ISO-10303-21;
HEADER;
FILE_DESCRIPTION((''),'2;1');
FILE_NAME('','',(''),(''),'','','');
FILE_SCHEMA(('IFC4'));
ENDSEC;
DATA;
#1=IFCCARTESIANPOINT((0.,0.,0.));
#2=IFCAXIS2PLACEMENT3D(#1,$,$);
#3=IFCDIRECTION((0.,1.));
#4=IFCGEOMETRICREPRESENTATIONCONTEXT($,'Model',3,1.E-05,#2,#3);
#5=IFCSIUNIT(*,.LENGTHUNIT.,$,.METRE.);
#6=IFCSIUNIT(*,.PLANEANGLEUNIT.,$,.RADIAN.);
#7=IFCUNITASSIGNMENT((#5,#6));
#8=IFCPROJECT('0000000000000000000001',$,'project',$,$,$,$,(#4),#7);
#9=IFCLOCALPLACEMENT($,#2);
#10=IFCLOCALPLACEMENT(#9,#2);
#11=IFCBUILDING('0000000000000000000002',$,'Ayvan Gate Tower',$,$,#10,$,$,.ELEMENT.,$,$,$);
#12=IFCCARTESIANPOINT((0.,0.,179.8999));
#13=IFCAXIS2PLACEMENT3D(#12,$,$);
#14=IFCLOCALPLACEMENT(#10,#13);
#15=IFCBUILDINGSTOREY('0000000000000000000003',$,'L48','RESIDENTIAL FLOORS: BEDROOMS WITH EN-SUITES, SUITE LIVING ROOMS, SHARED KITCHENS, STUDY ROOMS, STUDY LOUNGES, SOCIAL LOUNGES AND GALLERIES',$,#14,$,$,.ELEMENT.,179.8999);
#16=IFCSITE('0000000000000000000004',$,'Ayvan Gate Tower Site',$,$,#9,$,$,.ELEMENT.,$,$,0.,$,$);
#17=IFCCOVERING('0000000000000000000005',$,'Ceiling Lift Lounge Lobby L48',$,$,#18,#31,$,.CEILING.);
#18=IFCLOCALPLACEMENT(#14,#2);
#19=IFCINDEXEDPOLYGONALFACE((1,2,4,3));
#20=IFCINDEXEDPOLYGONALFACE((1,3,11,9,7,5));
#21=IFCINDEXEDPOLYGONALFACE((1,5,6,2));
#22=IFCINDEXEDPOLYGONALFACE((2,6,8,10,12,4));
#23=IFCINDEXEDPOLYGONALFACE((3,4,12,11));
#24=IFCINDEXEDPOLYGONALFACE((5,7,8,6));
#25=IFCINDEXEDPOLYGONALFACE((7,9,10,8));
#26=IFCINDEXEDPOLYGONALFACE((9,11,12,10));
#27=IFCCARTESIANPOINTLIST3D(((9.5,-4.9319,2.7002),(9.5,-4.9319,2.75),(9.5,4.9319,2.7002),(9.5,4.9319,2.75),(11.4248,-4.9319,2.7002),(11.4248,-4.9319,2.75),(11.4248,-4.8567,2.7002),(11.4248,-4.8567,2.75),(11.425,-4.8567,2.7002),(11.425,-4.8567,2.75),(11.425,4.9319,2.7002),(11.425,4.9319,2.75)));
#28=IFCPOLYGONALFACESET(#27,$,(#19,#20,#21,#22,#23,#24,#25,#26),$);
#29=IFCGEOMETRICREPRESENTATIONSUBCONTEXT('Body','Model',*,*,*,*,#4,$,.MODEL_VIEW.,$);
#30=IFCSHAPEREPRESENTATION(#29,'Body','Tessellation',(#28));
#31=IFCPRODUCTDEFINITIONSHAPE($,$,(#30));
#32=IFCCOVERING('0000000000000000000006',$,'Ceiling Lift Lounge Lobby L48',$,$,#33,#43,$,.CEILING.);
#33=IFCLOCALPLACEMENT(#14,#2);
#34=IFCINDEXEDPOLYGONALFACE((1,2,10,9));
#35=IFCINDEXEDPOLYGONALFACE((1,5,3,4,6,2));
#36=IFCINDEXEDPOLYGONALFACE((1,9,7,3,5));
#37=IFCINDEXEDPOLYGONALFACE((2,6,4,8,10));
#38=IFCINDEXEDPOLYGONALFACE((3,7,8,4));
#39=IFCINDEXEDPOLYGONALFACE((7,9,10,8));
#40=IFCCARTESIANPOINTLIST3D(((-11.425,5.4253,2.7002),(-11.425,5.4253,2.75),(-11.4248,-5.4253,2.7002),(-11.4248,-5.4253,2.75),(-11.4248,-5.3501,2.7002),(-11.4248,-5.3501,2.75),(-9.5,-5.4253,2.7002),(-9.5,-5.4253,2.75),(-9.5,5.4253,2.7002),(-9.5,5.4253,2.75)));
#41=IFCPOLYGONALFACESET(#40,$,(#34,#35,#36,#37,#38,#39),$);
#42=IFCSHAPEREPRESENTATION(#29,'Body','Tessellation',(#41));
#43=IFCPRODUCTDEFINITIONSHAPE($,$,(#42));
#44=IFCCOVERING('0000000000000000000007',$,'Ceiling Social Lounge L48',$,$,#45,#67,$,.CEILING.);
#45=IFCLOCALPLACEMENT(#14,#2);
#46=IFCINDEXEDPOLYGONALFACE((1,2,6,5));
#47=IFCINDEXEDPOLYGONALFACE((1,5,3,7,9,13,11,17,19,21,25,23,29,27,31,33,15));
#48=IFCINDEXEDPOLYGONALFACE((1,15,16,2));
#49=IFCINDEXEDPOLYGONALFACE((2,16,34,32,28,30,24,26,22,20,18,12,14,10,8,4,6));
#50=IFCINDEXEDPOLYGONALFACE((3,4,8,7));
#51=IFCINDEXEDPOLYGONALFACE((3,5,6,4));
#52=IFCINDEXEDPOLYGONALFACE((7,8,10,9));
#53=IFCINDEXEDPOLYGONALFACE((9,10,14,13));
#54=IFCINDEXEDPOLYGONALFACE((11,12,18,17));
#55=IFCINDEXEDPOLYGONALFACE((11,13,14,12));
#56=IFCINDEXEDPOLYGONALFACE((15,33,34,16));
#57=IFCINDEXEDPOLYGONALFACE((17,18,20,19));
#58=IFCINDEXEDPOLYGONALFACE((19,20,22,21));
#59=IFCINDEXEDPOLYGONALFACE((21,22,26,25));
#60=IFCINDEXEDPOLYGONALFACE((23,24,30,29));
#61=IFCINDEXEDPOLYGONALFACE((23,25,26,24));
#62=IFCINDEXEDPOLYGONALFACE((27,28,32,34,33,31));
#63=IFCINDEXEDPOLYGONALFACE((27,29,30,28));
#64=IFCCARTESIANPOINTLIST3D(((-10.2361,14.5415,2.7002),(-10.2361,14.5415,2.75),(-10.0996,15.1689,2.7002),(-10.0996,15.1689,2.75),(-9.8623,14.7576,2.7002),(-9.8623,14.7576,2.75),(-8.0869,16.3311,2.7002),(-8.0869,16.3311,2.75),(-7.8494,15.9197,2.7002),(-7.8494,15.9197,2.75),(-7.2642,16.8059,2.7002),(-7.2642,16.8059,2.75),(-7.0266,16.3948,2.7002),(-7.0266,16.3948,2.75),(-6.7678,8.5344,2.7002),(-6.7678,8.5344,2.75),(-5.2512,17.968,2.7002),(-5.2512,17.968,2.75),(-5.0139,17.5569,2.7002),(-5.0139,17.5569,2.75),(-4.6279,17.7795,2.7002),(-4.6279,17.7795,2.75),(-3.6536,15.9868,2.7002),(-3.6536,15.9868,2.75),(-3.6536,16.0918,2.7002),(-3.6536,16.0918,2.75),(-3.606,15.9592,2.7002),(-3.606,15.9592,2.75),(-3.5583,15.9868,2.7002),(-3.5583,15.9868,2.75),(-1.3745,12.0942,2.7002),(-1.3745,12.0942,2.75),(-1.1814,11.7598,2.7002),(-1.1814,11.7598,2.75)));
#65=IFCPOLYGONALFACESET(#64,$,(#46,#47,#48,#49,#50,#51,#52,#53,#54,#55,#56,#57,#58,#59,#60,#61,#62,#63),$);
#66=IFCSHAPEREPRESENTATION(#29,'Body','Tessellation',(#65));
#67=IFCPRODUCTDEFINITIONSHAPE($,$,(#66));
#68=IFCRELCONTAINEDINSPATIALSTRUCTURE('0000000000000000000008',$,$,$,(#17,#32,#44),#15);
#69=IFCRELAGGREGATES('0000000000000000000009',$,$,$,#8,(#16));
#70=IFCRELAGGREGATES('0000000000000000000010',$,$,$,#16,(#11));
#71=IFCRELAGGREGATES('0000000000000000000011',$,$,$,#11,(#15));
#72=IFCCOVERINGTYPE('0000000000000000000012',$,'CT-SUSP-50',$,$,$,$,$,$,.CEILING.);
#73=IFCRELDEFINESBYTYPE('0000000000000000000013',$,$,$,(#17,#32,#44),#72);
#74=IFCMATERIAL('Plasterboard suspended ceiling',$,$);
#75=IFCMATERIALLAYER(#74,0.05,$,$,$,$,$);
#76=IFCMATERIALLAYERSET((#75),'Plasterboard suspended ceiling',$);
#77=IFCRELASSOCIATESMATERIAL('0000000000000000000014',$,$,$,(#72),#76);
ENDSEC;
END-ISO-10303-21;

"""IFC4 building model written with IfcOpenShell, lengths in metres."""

from ifc_helpers import new_model, si_unit, direction, frame, origin, place, context, subcontext, project, spatial, polyline, outline, extrude, material, layer, layer_set, type_object, element, save


model = new_model("IFC4")

# Units and contexts
model_context = context("Model", 3, precision=1e-05, world=origin(), true_north=direction((0.0, 1.0)))
body_context = subcontext(model_context, "Body", "Model", "MODEL_VIEW")
ifc_project = project(units=[si_unit("LENGTHUNIT", "METRE"), si_unit("PLANEANGLEUNIT", "RADIAN")], contexts=[model_context])

# Site, building, storey
site_placement = place(None, origin())
site = spatial("IfcSite", under=ifc_project, at=site_placement, Name="Ayvan Gate Tower Site", CompositionType="ELEMENT", RefElevation=0.0)
building_placement = place(site_placement, origin())
building = spatial("IfcBuilding", under=site, at=building_placement, Name="Ayvan Gate Tower", CompositionType="ELEMENT")
storey_placement = place(building_placement, frame((0.0, 0.0, 179.8999)))
storey = spatial("IfcBuildingStorey", under=building, at=storey_placement, Name="L48", Description="RESIDENTIAL FLOORS: BEDROOMS WITH EN-SUITES, SUITE LIVING ROOMS, SHARED KITCHENS, STUDY ROOMS, STUDY LOUNGES, SOCIAL LOUNGES AND GALLERIES", CompositionType="ELEMENT", Elevation=179.8999)

# Coverings
ifc_material_1 = material(Name="Plasterboard suspended ceiling")
ifc_layer_1 = layer(ifc_material_1, 0.05)
ifc_layer_set_1 = layer_set([ifc_layer_1], Name="Plasterboard suspended ceiling")
covering_type = type_object("IfcCoveringType", Name="CT-SUSP-50", PredefinedType="CEILING", material=ifc_layer_set_1)
covering_1_placement = place(storey_placement, frame((0.0, 0.0, 2.7002)))
element("IfcCovering", 1, at=covering_1_placement, inside=storey, type_object=covering_type, Name="Ceiling Lift Lounge Lobby L48", PredefinedType="CEILING", context=body_context, shape_type="SweptSolid", body=[
    extrude(outline(polyline([(11.4248, -4.9319), (9.5, -4.9319), (9.5, 4.9319), (11.425, 4.9319), (11.425, -4.8567), (11.4248, -4.8567), (11.4248, -4.9319)])), origin(), (0.0, 0.0, 1.0), 0.0498),
])
covering_2_placement = place(storey_placement, frame((0.0, 0.0, 2.7002)))
element("IfcCovering", 2, at=covering_2_placement, inside=storey, type_object=covering_type, Name="Ceiling Lift Lounge Lobby L48", PredefinedType="CEILING", context=body_context, shape_type="SweptSolid", body=[
    extrude(outline(polyline([(-11.4248, -5.3501), (-11.425, 5.4253), (-9.5, 5.4253), (-9.5, -5.4253), (-11.4248, -5.4253), (-11.4248, -5.3501)])), origin(), (0.0, 0.0, 1.0), 0.0498),
])
covering_3_placement = place(storey_placement, frame((0.0, 0.0, 2.7002)))
element("IfcCovering", 3, at=covering_3_placement, inside=storey, type_object=covering_type, Name="Ceiling Social Lounge L48", PredefinedType="CEILING", context=body_context, shape_type="SweptSolid", body=[
    extrude(outline(polyline([(-10.2361, 14.5415), (-9.8623, 14.7576), (-10.0996, 15.1689), (-8.0869, 16.3311), (-7.8494, 15.9197), (-7.0266, 16.3948), (-7.2642, 16.8059), (-5.2512, 17.968), (-5.0139, 17.5569), (-4.6279, 17.7795), (-3.6536, 16.0918), (-3.6536, 15.9868), (-3.5583, 15.9868), (-3.606, 15.9592), (-1.3745, 12.0942), (-1.1814, 11.7598), (-6.7678, 8.5344), (-10.2361, 14.5415)])), origin(), (0.0, 0.0, 1.0), 0.0498),
])

save(model, "model.ifc")
